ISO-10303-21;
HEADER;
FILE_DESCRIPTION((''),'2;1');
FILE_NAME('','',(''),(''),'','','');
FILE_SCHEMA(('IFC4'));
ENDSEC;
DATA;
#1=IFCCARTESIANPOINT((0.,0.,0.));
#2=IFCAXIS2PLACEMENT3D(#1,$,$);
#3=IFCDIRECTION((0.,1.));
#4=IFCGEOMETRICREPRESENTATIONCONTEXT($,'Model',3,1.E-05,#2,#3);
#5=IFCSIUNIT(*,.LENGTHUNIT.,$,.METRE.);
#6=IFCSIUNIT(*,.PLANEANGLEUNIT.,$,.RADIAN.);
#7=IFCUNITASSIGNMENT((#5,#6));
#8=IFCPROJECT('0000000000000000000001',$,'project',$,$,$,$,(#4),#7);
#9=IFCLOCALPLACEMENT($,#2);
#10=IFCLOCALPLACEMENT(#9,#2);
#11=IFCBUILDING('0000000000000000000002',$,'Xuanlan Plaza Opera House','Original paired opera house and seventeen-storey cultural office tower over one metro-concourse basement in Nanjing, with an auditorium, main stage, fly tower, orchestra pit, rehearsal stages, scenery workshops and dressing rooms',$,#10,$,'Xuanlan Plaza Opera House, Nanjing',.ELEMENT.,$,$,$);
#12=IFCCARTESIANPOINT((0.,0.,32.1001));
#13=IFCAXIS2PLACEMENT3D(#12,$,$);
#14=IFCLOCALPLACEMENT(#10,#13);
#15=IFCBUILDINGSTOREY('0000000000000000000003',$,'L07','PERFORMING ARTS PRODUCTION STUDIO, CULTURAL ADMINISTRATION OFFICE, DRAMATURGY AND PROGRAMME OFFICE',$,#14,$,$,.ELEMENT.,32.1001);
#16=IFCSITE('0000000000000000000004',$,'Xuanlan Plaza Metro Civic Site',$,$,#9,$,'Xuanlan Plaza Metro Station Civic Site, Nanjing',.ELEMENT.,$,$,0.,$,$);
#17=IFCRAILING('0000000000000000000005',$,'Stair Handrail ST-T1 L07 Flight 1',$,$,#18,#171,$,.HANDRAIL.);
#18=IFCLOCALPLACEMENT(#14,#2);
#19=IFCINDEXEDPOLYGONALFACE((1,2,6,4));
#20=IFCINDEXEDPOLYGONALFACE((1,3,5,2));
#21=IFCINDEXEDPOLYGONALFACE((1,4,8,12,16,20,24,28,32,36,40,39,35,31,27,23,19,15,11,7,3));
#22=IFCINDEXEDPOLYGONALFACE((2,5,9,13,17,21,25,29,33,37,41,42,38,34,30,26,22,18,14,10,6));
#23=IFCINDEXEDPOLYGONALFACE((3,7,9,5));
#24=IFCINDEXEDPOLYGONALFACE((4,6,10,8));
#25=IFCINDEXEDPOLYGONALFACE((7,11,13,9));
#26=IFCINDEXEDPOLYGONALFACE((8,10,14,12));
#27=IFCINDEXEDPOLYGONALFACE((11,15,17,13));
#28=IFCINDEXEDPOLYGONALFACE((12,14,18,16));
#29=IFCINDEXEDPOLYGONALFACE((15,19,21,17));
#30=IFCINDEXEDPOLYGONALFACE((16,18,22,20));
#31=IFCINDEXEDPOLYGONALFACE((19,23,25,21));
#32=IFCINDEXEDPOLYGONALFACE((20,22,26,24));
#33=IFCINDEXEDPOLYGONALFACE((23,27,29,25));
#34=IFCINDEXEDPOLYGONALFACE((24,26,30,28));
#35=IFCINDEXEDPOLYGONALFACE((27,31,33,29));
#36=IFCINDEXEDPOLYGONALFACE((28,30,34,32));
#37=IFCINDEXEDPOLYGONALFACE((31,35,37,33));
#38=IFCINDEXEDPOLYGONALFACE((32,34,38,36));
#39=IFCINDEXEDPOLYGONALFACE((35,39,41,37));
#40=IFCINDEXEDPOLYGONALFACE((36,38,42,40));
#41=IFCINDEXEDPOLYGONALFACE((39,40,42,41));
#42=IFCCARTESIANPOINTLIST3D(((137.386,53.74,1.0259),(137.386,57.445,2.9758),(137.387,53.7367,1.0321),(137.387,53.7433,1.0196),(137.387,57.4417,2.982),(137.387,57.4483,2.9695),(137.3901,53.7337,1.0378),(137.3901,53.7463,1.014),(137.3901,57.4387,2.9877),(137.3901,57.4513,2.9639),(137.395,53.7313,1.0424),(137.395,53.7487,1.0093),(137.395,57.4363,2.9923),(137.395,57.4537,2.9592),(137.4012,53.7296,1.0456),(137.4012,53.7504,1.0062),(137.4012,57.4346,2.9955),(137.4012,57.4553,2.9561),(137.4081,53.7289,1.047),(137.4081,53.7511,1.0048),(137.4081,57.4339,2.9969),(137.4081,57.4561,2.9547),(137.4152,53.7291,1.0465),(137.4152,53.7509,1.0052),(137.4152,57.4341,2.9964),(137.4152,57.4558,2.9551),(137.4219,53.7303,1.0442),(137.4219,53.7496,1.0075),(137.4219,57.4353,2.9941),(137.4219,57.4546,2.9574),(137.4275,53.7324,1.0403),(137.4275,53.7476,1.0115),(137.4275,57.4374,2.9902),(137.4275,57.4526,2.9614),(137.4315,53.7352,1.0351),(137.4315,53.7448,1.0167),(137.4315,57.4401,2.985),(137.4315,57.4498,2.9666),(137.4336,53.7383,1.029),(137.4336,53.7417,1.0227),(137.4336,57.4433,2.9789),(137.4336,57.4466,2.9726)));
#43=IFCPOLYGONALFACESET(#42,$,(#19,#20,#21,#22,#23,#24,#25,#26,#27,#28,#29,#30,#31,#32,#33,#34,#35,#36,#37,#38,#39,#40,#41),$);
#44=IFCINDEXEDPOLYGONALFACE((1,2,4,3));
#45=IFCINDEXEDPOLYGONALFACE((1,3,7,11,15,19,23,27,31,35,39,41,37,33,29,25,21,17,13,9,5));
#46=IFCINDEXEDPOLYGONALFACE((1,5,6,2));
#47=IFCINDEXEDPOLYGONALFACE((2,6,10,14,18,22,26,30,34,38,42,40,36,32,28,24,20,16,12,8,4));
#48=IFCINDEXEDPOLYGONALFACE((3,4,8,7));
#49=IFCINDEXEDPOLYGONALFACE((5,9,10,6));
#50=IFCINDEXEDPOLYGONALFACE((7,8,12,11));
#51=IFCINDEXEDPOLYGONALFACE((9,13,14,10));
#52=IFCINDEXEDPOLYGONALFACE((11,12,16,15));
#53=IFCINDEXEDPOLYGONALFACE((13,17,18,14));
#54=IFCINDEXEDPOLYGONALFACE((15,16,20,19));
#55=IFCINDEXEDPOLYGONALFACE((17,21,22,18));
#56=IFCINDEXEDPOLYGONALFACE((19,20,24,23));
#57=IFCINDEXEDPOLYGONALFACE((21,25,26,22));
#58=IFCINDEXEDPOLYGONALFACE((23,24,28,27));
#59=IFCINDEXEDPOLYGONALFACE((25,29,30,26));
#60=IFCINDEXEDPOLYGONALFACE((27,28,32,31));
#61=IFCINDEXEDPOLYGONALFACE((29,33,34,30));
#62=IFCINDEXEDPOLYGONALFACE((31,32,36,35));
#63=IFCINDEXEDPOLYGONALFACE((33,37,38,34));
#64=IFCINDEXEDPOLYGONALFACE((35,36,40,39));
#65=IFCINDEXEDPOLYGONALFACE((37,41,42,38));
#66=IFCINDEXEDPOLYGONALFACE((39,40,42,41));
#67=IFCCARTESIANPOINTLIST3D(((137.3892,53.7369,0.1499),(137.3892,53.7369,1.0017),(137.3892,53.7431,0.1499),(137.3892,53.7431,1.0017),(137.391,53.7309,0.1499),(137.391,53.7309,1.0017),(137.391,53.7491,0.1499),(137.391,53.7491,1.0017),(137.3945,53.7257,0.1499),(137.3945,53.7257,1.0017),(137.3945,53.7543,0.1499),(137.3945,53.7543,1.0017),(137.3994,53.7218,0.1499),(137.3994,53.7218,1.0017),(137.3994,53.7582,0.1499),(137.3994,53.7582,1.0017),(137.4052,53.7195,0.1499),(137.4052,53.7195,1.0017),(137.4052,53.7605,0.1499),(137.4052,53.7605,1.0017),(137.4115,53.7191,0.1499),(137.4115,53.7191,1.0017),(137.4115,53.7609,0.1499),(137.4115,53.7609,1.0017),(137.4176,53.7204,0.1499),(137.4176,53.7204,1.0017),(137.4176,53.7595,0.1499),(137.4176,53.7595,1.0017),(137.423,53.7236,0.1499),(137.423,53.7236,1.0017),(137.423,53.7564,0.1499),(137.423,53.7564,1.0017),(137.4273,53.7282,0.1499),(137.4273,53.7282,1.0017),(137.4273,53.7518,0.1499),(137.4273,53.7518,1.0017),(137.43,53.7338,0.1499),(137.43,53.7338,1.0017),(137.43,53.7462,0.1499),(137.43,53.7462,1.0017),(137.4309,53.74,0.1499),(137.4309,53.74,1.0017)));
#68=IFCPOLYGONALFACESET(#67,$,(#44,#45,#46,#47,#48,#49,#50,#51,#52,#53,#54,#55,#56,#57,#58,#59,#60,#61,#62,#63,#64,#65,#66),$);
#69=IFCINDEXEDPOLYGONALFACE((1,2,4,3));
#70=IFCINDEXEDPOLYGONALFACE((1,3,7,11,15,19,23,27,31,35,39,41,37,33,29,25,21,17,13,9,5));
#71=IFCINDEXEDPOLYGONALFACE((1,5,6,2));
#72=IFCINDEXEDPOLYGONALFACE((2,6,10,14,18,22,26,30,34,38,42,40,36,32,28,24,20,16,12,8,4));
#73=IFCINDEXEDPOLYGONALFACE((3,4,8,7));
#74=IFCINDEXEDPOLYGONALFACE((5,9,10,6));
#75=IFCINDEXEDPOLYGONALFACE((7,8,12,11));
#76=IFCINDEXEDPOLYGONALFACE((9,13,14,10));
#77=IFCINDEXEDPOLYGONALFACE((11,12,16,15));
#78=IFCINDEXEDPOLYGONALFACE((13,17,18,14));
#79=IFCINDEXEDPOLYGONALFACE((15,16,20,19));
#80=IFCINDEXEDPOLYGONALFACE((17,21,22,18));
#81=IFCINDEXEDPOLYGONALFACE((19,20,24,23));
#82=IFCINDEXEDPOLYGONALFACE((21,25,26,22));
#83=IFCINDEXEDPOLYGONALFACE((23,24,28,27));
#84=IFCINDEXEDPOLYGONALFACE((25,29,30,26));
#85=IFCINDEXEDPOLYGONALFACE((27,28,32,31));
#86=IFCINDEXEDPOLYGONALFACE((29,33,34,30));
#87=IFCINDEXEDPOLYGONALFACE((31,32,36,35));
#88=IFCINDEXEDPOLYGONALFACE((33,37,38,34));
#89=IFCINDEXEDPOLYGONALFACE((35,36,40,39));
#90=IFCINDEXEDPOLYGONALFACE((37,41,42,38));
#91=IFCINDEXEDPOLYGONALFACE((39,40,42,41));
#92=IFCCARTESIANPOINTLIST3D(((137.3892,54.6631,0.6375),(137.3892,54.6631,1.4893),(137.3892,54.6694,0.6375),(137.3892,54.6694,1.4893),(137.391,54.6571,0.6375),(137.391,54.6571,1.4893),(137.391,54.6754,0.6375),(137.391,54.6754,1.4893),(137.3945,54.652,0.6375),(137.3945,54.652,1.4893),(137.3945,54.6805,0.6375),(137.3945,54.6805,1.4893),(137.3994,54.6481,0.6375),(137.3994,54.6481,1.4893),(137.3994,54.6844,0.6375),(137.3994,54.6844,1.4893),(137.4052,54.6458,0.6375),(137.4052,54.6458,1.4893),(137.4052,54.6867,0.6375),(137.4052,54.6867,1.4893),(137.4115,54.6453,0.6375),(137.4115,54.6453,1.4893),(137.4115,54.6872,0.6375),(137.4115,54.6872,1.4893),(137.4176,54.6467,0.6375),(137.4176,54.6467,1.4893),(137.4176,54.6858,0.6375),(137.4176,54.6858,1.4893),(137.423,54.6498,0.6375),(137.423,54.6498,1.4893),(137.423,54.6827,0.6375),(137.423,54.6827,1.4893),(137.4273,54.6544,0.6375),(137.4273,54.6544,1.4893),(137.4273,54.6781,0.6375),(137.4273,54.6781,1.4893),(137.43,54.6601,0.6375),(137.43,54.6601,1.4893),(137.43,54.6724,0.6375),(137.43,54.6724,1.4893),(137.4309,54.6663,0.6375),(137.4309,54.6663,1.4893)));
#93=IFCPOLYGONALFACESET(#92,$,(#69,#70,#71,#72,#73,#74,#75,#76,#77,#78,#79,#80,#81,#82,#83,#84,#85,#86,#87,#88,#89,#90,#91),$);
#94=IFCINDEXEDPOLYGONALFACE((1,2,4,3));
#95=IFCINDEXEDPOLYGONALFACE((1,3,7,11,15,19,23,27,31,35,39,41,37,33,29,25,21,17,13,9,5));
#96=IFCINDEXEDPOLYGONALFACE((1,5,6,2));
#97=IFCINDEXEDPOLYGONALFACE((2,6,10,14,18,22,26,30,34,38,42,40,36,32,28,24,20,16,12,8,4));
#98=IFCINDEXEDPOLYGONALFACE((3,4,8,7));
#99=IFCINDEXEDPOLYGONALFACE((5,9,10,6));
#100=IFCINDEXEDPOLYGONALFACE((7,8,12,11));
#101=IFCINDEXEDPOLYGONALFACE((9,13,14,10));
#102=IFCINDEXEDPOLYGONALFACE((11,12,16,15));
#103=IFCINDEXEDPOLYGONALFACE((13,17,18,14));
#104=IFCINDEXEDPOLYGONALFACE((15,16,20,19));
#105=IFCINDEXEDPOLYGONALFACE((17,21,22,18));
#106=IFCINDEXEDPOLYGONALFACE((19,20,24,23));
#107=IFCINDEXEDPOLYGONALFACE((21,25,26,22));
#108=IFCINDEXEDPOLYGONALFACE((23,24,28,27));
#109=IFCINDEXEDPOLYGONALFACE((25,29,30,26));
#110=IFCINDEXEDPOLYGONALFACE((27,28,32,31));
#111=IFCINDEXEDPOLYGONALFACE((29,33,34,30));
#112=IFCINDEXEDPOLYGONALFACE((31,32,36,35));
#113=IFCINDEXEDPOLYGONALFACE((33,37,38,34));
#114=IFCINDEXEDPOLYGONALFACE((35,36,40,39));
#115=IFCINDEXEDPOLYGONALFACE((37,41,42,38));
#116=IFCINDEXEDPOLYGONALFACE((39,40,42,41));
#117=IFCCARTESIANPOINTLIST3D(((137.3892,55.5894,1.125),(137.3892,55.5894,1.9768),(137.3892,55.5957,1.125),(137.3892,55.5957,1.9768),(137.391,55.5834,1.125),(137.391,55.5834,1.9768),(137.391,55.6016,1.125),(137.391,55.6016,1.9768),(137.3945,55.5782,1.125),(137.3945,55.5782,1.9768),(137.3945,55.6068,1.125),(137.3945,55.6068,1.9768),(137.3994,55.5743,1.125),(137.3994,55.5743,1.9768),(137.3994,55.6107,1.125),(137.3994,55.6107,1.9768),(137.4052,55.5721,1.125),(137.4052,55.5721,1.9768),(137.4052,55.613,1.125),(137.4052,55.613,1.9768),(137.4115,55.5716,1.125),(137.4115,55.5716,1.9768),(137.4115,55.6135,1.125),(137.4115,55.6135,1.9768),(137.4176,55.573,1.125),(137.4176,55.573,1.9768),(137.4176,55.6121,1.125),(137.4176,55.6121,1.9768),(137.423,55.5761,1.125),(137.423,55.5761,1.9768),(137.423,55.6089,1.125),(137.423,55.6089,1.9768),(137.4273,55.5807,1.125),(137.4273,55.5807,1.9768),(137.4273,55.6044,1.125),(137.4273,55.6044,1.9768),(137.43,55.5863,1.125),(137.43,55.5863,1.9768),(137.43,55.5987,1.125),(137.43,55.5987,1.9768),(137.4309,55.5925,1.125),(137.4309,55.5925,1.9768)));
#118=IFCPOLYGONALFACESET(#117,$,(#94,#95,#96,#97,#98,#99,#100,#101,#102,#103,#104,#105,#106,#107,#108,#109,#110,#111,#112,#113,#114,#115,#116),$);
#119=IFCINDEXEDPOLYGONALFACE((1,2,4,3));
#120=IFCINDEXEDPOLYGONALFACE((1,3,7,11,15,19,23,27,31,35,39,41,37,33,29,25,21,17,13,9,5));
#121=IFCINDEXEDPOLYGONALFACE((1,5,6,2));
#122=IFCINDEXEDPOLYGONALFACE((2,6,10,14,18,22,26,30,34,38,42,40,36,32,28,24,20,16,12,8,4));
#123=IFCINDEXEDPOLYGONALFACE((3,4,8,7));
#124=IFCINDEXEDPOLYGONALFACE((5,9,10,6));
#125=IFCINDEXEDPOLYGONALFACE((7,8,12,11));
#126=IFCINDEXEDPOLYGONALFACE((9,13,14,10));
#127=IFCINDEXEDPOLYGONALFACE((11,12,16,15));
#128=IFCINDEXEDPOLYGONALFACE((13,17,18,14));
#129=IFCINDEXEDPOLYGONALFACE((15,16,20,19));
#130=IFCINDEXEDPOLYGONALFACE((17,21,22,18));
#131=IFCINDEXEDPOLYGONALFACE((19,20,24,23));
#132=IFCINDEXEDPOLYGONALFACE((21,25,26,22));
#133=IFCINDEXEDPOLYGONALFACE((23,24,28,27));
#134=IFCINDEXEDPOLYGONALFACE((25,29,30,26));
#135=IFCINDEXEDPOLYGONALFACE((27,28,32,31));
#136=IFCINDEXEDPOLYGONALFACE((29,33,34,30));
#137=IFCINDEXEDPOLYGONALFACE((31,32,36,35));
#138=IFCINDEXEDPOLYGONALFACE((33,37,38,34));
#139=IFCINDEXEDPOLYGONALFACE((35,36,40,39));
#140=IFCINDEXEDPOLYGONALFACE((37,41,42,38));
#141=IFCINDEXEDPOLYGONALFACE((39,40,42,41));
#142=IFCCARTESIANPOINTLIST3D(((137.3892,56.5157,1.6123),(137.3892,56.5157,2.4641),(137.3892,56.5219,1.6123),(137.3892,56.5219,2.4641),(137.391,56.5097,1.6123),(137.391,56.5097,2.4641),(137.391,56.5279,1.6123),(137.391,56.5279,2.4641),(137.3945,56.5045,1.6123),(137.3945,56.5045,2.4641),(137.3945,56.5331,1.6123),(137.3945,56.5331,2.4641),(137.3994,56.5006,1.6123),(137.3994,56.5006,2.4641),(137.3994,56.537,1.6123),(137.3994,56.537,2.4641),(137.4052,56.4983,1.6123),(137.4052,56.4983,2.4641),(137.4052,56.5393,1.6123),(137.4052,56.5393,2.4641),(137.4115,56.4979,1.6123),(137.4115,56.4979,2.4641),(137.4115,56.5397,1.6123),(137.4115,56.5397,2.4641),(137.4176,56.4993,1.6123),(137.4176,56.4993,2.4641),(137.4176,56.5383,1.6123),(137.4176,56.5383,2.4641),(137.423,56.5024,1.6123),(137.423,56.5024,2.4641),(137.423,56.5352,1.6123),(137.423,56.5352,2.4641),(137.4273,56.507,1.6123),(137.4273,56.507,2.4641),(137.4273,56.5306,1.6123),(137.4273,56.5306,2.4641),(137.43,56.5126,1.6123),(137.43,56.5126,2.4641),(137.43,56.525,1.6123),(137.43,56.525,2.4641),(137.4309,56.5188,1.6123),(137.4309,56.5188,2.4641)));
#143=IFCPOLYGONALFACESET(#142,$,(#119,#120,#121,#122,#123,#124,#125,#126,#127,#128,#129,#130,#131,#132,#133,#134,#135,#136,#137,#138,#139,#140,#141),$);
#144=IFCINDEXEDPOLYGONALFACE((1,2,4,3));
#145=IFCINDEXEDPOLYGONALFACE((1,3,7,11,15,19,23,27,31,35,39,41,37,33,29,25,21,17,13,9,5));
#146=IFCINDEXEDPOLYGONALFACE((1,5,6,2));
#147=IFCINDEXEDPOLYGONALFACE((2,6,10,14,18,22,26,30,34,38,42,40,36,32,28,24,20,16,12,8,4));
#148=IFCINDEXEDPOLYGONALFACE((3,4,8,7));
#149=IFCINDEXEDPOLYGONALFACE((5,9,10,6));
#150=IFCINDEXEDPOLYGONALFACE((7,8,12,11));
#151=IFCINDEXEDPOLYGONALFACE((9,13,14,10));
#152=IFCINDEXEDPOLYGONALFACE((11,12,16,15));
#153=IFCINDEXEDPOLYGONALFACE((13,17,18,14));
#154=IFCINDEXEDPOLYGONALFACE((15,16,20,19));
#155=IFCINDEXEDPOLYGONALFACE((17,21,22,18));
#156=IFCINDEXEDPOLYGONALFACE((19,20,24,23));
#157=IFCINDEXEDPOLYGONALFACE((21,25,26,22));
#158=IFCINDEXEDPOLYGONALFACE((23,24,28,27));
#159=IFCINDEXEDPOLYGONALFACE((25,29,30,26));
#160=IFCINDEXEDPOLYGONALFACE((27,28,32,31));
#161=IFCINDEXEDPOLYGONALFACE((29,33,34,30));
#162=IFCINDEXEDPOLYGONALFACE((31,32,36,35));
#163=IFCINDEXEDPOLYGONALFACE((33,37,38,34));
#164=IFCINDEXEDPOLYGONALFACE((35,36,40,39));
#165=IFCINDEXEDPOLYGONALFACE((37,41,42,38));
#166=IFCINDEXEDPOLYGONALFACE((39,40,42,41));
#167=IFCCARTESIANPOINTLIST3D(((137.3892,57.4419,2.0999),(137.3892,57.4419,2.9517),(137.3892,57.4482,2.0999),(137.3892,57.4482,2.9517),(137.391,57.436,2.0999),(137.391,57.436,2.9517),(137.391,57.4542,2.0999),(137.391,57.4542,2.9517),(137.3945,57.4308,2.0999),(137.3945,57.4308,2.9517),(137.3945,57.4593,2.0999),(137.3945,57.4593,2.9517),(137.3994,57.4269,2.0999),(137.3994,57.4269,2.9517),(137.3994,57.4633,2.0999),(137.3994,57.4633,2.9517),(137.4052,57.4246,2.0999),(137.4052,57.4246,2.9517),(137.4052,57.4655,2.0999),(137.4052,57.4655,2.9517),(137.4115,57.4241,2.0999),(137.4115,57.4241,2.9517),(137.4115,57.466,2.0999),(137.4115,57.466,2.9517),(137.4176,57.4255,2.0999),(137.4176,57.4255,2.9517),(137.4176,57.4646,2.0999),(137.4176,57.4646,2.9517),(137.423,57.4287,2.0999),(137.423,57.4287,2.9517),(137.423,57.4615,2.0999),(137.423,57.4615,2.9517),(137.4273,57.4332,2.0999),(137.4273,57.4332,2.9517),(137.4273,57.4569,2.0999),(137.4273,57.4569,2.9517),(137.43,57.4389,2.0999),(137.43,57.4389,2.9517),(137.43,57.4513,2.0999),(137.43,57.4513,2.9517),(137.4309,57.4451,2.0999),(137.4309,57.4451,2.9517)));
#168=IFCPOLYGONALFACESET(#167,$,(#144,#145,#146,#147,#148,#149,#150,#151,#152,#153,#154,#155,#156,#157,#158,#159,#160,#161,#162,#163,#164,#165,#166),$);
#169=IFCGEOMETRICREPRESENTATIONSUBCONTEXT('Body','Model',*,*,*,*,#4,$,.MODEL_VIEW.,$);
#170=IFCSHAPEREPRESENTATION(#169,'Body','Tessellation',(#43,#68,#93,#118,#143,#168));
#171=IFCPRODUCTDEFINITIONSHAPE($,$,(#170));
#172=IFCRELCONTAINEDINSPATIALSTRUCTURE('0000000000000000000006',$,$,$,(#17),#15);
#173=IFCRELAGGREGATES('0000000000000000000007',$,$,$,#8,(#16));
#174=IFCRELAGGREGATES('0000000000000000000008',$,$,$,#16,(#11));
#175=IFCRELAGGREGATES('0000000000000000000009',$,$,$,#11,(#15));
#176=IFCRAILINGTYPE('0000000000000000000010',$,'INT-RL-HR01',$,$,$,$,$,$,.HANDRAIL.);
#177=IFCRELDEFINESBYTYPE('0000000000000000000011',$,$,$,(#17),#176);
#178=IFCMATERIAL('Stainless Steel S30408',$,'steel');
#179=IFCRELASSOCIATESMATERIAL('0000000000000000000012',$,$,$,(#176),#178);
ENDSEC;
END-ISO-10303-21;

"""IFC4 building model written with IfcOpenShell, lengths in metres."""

from ifc_helpers import new_model, si_unit, direction, frame, origin, origin_2d, place, context, subcontext, project, spatial, circle, extrude, material, type_object, element, save


model = new_model("IFC4")

# Units and contexts
model_context = context("Model", 3, precision=1e-05, world=origin(), true_north=direction((0.0, 1.0)))
body_context = subcontext(model_context, "Body", "Model", "MODEL_VIEW")
ifc_project = project(units=[si_unit("LENGTHUNIT", "METRE"), si_unit("PLANEANGLEUNIT", "RADIAN")], contexts=[model_context])

# Site, building, storey
site_placement = place(None, origin())
site = spatial("IfcSite", under=ifc_project, at=site_placement, Name="Xuanlan Plaza Metro Civic Site", LongName="Xuanlan Plaza Metro Station Civic Site, Nanjing", CompositionType="ELEMENT", RefElevation=0.0)
building_placement = place(site_placement, origin())
building = spatial("IfcBuilding", under=site, at=building_placement, Name="Xuanlan Plaza Opera House", Description="Original paired opera house and seventeen-storey cultural office tower over one metro-concourse basement in Nanjing, with an auditorium, main stage, fly tower, orchestra pit, rehearsal stages, scenery workshops and dressing rooms", LongName="Xuanlan Plaza Opera House, Nanjing", CompositionType="ELEMENT")
storey_placement = place(building_placement, frame((0.0, 0.0, 32.1001)))
storey = spatial("IfcBuildingStorey", under=building, at=storey_placement, Name="L07", Description="PERFORMING ARTS PRODUCTION STUDIO, CULTURAL ADMINISTRATION OFFICE, DRAMATURGY AND PROGRAMME OFFICE", CompositionType="ELEMENT", Elevation=32.1001)

# Shared definitions
ifc_material_1 = material(Name="Stainless Steel S30408", Category="steel")

# Railing
railing_type = type_object("IfcRailingType", Name="INT-RL-HR01", PredefinedType="HANDRAIL", material=ifc_material_1)
railing_placement = place(storey_placement, frame((137.4099, 53.74, 0.1499)))
element("IfcRailing", 1, at=railing_placement, inside=storey, type_object=railing_type, Name="Stair Handrail ST-T1 L07 Flight 1", PredefinedType="HANDRAIL", context=body_context, shape_type="SweptSolid", body=[
    extrude(circle(Radius=0.0239, at=origin_2d()), frame((0.0, 0.0, 0.876), z_axis=(0.0, 0.884927, 0.46573), x_axis=(-1.0, 0.0, 0.0)), (0.0, 0.0, 1.0), 4.1868),
    extrude(circle(Radius=0.021, at=origin_2d()), origin(), (0.0, 0.0, 1.0), 0.8518),
    extrude(circle(Radius=0.021, at=origin_2d()), frame((0.0, 0.9263, 0.4875)), (0.0, 0.0, 1.0), 0.8518),
    extrude(circle(Radius=0.021, at=origin_2d()), frame((0.0, 1.8525, 0.9751)), (0.0, 0.0, 1.0), 0.8518),
    extrude(circle(Radius=0.021, at=origin_2d()), frame((0.0, 2.7788, 1.4624)), (0.0, 0.0, 1.0), 0.8518),
    extrude(circle(Radius=0.021, at=origin_2d()), frame((0.0, 3.7051, 1.95)), (0.0, 0.0, 1.0), 0.8518),
])

save(model, "model.ifc")
